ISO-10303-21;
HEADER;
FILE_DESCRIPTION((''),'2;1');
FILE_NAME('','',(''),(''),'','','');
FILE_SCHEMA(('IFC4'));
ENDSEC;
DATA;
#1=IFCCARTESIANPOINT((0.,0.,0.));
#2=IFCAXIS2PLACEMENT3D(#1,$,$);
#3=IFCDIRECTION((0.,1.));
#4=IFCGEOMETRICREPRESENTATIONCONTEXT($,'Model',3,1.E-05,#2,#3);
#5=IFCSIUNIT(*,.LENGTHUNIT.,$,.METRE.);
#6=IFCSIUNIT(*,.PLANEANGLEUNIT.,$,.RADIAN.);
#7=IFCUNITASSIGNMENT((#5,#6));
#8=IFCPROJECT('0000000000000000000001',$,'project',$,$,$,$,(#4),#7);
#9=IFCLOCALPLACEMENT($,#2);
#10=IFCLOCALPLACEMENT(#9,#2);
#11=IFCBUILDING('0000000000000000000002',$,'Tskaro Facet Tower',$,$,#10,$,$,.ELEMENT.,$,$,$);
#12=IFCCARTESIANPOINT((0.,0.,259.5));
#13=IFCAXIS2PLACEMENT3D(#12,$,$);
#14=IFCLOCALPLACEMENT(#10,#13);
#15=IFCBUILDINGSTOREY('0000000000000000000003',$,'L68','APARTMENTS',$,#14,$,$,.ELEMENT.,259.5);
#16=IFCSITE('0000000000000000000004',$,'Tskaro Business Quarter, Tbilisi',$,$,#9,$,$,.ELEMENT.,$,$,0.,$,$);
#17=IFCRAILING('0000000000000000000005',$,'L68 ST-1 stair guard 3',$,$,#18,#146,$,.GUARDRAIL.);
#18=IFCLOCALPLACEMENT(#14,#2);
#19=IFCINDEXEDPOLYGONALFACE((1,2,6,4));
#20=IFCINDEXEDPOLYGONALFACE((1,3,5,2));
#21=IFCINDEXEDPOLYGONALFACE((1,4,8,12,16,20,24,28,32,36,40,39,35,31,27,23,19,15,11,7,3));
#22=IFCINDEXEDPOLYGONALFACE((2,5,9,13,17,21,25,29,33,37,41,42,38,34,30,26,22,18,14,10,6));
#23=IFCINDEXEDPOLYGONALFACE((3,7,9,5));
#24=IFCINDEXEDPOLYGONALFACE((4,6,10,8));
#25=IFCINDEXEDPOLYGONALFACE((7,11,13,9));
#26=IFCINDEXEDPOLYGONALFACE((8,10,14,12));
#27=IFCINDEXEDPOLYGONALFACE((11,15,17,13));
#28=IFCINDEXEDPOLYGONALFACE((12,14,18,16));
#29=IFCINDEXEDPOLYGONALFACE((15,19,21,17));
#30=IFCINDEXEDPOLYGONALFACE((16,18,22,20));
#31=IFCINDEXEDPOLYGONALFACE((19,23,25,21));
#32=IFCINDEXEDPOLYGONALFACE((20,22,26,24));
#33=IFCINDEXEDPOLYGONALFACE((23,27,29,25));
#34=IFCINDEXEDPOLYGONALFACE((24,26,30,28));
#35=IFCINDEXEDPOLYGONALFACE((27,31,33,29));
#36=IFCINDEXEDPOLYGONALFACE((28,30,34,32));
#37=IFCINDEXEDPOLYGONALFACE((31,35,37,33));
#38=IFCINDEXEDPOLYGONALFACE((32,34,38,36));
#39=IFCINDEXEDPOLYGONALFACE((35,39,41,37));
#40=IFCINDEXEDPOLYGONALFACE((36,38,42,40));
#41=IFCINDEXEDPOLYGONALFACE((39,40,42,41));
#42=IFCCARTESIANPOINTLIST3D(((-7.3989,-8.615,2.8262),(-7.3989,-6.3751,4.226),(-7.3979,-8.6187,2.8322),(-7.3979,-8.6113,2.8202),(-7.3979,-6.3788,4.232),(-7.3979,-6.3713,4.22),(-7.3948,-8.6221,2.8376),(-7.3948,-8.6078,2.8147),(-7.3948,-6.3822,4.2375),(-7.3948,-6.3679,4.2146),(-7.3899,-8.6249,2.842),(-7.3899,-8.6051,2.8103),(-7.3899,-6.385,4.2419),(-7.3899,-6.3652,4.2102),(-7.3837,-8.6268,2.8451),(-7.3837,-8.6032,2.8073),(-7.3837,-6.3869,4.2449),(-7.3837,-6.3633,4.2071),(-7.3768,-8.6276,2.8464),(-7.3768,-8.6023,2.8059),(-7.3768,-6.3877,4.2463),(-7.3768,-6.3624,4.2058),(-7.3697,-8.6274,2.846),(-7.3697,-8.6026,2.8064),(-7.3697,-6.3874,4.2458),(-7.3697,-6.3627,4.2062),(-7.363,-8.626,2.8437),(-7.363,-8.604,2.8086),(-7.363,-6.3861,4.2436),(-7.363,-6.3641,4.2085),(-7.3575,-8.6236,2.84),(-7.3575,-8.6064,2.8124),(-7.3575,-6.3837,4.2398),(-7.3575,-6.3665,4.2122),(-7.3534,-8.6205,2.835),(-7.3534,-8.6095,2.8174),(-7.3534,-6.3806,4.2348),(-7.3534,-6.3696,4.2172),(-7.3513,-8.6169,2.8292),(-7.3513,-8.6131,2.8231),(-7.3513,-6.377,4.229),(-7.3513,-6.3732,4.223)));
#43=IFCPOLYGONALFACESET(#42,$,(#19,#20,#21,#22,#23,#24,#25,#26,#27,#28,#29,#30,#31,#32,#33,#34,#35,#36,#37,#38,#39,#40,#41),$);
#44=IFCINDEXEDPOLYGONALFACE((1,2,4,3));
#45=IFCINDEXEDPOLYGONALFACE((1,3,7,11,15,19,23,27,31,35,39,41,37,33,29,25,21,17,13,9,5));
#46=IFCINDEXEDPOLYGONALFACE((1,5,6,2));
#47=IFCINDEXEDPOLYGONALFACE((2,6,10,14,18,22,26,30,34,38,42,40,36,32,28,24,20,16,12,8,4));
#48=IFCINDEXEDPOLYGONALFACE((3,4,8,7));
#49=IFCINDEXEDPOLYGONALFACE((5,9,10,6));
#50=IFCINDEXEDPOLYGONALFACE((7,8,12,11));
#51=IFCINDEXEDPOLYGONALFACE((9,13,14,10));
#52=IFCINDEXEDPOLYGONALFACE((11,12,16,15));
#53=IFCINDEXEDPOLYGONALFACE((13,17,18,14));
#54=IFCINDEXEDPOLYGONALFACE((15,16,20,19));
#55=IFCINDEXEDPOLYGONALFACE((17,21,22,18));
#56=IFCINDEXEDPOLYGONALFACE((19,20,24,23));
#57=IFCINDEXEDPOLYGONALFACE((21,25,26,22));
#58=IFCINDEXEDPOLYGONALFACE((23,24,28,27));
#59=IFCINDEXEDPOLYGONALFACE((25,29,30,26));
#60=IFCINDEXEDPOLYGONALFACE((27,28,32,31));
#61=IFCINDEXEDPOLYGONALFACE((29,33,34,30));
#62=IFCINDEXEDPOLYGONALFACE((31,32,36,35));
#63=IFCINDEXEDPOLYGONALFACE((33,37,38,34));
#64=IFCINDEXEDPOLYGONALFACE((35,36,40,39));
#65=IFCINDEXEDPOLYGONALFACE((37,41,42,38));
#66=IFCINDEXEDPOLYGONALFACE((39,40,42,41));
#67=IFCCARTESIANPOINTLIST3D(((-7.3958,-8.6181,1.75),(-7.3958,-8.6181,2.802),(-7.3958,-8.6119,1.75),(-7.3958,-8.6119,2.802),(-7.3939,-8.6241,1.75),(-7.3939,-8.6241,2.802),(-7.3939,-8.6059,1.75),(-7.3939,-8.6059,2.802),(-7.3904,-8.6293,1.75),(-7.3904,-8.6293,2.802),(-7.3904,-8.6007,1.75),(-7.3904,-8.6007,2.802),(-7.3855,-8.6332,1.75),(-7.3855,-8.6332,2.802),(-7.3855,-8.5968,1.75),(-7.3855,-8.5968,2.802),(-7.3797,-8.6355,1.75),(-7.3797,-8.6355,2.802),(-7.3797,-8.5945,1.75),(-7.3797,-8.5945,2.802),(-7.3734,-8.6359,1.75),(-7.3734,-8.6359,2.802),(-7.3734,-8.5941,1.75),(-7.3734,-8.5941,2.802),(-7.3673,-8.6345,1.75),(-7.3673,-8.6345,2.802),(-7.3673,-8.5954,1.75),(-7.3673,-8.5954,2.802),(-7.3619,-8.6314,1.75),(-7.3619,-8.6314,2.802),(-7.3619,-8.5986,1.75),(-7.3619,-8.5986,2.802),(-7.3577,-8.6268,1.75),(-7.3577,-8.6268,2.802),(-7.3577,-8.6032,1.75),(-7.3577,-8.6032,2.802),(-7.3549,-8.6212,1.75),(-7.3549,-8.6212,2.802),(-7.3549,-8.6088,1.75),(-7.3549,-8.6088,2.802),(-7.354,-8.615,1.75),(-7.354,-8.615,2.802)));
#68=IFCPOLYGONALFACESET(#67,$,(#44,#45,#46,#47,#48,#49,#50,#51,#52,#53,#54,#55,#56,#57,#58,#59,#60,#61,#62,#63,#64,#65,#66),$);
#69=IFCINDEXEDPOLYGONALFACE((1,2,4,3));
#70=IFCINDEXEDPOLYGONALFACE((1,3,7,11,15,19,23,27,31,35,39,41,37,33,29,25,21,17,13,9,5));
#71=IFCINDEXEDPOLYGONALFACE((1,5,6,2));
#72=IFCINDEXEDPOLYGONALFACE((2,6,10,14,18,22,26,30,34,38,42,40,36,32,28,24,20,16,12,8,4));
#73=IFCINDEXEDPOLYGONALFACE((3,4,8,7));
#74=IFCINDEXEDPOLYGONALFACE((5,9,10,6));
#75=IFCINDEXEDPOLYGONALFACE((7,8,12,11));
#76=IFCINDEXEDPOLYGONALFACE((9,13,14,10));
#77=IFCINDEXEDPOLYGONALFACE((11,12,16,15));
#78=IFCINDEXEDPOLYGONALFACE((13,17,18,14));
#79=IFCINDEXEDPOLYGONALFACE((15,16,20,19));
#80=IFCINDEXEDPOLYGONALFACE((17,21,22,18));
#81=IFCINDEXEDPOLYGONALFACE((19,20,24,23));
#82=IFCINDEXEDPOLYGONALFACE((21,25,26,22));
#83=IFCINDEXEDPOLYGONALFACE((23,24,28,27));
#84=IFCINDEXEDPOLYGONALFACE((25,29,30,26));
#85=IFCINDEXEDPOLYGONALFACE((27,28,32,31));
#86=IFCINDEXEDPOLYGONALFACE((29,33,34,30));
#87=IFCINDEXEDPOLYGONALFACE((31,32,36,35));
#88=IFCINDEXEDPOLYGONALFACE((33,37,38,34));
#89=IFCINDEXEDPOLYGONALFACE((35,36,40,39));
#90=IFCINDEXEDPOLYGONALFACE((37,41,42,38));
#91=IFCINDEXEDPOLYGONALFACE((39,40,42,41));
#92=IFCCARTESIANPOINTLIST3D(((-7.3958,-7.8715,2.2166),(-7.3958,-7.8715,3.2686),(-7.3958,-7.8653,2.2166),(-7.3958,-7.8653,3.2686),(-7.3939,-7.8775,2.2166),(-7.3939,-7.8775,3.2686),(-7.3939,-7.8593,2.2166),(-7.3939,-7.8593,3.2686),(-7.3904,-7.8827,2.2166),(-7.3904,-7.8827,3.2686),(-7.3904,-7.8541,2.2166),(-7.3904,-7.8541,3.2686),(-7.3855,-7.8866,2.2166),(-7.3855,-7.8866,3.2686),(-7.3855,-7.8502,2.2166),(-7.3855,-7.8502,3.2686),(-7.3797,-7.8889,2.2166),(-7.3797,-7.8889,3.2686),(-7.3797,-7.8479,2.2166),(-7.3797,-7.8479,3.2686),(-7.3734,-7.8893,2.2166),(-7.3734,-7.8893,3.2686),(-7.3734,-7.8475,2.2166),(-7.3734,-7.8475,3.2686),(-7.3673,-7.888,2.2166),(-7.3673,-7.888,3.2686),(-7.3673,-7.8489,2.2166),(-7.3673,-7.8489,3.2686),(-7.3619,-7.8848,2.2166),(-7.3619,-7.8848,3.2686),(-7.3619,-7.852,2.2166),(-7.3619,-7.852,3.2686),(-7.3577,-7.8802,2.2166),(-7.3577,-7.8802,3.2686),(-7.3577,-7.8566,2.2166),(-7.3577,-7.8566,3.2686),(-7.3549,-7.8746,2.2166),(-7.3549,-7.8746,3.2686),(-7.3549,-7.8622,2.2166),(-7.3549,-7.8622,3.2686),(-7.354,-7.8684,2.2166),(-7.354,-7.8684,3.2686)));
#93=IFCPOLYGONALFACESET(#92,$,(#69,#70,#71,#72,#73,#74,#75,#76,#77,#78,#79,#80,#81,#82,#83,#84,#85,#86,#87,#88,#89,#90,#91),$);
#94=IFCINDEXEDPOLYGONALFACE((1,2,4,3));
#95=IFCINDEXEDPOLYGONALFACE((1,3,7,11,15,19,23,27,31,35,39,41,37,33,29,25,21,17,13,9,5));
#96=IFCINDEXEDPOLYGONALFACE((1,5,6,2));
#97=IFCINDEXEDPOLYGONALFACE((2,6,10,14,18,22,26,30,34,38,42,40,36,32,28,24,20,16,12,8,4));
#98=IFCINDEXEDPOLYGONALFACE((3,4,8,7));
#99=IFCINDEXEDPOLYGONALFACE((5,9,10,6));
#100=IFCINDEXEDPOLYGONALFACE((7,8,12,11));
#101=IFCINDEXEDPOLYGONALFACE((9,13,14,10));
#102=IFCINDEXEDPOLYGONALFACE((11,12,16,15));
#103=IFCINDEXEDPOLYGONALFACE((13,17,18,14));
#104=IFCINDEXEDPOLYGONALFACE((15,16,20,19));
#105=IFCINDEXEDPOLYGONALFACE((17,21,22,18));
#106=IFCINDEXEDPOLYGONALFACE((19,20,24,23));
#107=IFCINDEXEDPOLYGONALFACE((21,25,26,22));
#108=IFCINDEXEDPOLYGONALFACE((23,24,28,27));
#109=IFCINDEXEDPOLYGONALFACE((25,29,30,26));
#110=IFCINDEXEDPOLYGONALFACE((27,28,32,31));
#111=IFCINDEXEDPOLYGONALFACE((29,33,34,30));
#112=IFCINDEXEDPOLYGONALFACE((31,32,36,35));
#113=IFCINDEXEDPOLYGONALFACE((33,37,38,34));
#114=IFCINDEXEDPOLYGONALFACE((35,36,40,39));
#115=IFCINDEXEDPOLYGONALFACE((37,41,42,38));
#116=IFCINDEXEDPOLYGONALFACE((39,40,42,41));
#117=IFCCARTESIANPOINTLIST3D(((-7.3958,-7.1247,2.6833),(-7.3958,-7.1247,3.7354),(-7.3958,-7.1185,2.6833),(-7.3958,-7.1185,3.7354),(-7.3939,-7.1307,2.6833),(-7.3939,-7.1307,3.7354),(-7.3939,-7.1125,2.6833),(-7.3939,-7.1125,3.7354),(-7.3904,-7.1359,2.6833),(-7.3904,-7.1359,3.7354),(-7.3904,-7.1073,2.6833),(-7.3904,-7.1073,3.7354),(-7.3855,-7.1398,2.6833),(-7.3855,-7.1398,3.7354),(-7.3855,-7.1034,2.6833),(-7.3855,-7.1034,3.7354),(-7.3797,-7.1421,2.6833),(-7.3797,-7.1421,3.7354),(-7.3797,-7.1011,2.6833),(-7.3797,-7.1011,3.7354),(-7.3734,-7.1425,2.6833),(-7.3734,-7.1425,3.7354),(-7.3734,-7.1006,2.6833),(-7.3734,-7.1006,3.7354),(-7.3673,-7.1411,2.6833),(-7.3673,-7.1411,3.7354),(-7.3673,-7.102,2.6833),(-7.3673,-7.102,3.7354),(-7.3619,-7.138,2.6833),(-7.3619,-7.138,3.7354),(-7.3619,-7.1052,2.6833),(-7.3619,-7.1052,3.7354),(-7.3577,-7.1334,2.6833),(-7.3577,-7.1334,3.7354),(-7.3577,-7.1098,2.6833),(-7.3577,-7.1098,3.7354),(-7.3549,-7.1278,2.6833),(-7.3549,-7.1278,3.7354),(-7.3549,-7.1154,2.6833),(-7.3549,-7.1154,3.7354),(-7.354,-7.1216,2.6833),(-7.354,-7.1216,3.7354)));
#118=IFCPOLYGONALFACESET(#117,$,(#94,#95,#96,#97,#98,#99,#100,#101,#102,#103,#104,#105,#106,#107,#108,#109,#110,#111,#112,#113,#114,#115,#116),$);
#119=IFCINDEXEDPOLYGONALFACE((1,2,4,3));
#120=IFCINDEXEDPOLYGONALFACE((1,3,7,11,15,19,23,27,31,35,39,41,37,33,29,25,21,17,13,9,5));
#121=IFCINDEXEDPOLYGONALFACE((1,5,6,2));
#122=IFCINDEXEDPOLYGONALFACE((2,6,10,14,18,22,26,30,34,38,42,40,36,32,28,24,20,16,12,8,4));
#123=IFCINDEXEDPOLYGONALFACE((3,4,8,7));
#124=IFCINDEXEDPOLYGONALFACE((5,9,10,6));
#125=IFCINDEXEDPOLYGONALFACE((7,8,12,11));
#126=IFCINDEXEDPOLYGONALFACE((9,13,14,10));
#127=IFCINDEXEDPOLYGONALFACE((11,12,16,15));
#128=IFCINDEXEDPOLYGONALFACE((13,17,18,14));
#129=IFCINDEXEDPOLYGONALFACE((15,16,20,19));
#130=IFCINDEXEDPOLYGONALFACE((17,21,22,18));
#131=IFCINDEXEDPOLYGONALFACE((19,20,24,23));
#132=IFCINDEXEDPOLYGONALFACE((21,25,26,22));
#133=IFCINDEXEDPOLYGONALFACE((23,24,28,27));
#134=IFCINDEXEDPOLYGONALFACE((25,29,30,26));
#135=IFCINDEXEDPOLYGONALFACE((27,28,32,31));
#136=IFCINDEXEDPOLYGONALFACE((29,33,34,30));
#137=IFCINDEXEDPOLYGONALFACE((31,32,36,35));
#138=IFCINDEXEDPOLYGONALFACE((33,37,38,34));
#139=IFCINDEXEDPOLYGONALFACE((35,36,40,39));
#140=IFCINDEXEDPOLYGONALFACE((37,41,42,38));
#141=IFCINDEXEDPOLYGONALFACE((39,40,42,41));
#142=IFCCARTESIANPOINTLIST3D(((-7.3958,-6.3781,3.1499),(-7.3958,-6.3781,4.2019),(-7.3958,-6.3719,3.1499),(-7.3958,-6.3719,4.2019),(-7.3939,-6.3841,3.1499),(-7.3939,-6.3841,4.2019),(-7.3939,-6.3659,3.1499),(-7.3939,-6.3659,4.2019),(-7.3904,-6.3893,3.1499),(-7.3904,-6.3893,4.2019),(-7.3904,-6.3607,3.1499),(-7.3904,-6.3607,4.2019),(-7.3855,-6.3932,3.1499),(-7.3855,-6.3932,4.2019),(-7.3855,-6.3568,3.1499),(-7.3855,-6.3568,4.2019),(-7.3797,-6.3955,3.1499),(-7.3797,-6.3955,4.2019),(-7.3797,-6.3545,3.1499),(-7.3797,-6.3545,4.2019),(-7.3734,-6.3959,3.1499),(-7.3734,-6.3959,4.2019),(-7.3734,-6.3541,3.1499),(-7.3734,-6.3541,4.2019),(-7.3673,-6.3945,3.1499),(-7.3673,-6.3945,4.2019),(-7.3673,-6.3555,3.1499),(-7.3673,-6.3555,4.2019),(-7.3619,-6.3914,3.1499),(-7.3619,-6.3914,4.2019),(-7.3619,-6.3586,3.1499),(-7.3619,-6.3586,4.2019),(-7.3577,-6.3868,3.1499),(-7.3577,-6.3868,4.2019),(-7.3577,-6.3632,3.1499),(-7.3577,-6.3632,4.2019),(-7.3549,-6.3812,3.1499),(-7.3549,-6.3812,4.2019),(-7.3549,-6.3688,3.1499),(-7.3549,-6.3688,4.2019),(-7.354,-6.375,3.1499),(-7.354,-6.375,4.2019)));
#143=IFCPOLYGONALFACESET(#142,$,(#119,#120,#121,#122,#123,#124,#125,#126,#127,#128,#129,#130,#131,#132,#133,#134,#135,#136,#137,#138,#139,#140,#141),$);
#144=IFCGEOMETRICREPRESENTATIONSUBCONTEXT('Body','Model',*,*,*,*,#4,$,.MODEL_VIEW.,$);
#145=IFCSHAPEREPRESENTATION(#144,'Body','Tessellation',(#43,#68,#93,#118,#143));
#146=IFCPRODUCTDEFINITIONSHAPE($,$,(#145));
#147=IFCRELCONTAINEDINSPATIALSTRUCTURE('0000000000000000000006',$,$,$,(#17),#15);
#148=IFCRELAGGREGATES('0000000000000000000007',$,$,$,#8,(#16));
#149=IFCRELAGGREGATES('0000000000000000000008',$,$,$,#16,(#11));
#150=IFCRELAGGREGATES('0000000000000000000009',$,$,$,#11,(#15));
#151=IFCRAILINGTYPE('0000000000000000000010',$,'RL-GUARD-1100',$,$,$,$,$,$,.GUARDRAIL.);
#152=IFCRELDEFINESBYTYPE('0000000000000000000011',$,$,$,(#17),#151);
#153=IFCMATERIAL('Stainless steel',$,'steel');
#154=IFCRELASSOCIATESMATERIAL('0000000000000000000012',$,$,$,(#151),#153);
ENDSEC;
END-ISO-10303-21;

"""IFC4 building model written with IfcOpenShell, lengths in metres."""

from ifc_helpers import new_model, si_unit, direction, frame, origin, origin_2d, place, context, subcontext, project, spatial, circle, extrude, material, type_object, element, save


model = new_model("IFC4")

# Units and contexts
model_context = context("Model", 3, precision=1e-05, world=origin(), true_north=direction((0.0, 1.0)))
body_context = subcontext(model_context, "Body", "Model", "MODEL_VIEW")
ifc_project = project(units=[si_unit("LENGTHUNIT", "METRE"), si_unit("PLANEANGLEUNIT", "RADIAN")], contexts=[model_context])

# Site, building, storey
site_placement = place(None, origin())
site = spatial("IfcSite", under=ifc_project, at=site_placement, Name="Tskaro Business Quarter, Tbilisi", CompositionType="ELEMENT", RefElevation=0.0)
building_placement = place(site_placement, origin())
building = spatial("IfcBuilding", under=site, at=building_placement, Name="Tskaro Facet Tower", CompositionType="ELEMENT")
storey_placement = place(building_placement, frame((0.0, 0.0, 259.5)))
storey = spatial("IfcBuildingStorey", under=building, at=storey_placement, Name="L68", Description="APARTMENTS", CompositionType="ELEMENT", Elevation=259.5)

# Shared definitions
ifc_material_1 = material(Name="Stainless steel", Category="steel")

# Railing
railing_type = type_object("IfcRailingType", Name="RL-GUARD-1100", PredefinedType="GUARDRAIL", material=ifc_material_1)
railing_1_placement = place(storey_placement, frame((-7.375, -8.615, 1.75)))
element("IfcRailing", 1, at=railing_1_placement, inside=storey, type_object=railing_type, Name="L68 ST-1 stair guard 3", PredefinedType="GUARDRAIL", context=body_context, shape_type="SweptSolid", body=[
    extrude(circle(Radius=0.0239, at=origin_2d()), frame((0.0, 0.0, 1.0762), z_axis=(0.0, 0.848014, 0.529974), x_axis=(-1.0, 0.0, 0.0)), (0.0, 0.0, 1.0), 2.6414),
    extrude(circle(Radius=0.021, at=origin_2d()), origin(), (0.0, 0.0, 1.0), 1.052),
    extrude(circle(Radius=0.021, at=origin_2d()), frame((0.0, 0.7466, 0.4666)), (0.0, 0.0, 1.0), 1.052),
    extrude(circle(Radius=0.021, at=origin_2d()), frame((0.0, 1.4934, 0.9333)), (0.0, 0.0, 1.0), 1.052),
    extrude(circle(Radius=0.021, at=origin_2d()), frame((0.0, 2.24, 1.3999)), (0.0, 0.0, 1.0), 1.052),
])

save(model, "model.ifc")
